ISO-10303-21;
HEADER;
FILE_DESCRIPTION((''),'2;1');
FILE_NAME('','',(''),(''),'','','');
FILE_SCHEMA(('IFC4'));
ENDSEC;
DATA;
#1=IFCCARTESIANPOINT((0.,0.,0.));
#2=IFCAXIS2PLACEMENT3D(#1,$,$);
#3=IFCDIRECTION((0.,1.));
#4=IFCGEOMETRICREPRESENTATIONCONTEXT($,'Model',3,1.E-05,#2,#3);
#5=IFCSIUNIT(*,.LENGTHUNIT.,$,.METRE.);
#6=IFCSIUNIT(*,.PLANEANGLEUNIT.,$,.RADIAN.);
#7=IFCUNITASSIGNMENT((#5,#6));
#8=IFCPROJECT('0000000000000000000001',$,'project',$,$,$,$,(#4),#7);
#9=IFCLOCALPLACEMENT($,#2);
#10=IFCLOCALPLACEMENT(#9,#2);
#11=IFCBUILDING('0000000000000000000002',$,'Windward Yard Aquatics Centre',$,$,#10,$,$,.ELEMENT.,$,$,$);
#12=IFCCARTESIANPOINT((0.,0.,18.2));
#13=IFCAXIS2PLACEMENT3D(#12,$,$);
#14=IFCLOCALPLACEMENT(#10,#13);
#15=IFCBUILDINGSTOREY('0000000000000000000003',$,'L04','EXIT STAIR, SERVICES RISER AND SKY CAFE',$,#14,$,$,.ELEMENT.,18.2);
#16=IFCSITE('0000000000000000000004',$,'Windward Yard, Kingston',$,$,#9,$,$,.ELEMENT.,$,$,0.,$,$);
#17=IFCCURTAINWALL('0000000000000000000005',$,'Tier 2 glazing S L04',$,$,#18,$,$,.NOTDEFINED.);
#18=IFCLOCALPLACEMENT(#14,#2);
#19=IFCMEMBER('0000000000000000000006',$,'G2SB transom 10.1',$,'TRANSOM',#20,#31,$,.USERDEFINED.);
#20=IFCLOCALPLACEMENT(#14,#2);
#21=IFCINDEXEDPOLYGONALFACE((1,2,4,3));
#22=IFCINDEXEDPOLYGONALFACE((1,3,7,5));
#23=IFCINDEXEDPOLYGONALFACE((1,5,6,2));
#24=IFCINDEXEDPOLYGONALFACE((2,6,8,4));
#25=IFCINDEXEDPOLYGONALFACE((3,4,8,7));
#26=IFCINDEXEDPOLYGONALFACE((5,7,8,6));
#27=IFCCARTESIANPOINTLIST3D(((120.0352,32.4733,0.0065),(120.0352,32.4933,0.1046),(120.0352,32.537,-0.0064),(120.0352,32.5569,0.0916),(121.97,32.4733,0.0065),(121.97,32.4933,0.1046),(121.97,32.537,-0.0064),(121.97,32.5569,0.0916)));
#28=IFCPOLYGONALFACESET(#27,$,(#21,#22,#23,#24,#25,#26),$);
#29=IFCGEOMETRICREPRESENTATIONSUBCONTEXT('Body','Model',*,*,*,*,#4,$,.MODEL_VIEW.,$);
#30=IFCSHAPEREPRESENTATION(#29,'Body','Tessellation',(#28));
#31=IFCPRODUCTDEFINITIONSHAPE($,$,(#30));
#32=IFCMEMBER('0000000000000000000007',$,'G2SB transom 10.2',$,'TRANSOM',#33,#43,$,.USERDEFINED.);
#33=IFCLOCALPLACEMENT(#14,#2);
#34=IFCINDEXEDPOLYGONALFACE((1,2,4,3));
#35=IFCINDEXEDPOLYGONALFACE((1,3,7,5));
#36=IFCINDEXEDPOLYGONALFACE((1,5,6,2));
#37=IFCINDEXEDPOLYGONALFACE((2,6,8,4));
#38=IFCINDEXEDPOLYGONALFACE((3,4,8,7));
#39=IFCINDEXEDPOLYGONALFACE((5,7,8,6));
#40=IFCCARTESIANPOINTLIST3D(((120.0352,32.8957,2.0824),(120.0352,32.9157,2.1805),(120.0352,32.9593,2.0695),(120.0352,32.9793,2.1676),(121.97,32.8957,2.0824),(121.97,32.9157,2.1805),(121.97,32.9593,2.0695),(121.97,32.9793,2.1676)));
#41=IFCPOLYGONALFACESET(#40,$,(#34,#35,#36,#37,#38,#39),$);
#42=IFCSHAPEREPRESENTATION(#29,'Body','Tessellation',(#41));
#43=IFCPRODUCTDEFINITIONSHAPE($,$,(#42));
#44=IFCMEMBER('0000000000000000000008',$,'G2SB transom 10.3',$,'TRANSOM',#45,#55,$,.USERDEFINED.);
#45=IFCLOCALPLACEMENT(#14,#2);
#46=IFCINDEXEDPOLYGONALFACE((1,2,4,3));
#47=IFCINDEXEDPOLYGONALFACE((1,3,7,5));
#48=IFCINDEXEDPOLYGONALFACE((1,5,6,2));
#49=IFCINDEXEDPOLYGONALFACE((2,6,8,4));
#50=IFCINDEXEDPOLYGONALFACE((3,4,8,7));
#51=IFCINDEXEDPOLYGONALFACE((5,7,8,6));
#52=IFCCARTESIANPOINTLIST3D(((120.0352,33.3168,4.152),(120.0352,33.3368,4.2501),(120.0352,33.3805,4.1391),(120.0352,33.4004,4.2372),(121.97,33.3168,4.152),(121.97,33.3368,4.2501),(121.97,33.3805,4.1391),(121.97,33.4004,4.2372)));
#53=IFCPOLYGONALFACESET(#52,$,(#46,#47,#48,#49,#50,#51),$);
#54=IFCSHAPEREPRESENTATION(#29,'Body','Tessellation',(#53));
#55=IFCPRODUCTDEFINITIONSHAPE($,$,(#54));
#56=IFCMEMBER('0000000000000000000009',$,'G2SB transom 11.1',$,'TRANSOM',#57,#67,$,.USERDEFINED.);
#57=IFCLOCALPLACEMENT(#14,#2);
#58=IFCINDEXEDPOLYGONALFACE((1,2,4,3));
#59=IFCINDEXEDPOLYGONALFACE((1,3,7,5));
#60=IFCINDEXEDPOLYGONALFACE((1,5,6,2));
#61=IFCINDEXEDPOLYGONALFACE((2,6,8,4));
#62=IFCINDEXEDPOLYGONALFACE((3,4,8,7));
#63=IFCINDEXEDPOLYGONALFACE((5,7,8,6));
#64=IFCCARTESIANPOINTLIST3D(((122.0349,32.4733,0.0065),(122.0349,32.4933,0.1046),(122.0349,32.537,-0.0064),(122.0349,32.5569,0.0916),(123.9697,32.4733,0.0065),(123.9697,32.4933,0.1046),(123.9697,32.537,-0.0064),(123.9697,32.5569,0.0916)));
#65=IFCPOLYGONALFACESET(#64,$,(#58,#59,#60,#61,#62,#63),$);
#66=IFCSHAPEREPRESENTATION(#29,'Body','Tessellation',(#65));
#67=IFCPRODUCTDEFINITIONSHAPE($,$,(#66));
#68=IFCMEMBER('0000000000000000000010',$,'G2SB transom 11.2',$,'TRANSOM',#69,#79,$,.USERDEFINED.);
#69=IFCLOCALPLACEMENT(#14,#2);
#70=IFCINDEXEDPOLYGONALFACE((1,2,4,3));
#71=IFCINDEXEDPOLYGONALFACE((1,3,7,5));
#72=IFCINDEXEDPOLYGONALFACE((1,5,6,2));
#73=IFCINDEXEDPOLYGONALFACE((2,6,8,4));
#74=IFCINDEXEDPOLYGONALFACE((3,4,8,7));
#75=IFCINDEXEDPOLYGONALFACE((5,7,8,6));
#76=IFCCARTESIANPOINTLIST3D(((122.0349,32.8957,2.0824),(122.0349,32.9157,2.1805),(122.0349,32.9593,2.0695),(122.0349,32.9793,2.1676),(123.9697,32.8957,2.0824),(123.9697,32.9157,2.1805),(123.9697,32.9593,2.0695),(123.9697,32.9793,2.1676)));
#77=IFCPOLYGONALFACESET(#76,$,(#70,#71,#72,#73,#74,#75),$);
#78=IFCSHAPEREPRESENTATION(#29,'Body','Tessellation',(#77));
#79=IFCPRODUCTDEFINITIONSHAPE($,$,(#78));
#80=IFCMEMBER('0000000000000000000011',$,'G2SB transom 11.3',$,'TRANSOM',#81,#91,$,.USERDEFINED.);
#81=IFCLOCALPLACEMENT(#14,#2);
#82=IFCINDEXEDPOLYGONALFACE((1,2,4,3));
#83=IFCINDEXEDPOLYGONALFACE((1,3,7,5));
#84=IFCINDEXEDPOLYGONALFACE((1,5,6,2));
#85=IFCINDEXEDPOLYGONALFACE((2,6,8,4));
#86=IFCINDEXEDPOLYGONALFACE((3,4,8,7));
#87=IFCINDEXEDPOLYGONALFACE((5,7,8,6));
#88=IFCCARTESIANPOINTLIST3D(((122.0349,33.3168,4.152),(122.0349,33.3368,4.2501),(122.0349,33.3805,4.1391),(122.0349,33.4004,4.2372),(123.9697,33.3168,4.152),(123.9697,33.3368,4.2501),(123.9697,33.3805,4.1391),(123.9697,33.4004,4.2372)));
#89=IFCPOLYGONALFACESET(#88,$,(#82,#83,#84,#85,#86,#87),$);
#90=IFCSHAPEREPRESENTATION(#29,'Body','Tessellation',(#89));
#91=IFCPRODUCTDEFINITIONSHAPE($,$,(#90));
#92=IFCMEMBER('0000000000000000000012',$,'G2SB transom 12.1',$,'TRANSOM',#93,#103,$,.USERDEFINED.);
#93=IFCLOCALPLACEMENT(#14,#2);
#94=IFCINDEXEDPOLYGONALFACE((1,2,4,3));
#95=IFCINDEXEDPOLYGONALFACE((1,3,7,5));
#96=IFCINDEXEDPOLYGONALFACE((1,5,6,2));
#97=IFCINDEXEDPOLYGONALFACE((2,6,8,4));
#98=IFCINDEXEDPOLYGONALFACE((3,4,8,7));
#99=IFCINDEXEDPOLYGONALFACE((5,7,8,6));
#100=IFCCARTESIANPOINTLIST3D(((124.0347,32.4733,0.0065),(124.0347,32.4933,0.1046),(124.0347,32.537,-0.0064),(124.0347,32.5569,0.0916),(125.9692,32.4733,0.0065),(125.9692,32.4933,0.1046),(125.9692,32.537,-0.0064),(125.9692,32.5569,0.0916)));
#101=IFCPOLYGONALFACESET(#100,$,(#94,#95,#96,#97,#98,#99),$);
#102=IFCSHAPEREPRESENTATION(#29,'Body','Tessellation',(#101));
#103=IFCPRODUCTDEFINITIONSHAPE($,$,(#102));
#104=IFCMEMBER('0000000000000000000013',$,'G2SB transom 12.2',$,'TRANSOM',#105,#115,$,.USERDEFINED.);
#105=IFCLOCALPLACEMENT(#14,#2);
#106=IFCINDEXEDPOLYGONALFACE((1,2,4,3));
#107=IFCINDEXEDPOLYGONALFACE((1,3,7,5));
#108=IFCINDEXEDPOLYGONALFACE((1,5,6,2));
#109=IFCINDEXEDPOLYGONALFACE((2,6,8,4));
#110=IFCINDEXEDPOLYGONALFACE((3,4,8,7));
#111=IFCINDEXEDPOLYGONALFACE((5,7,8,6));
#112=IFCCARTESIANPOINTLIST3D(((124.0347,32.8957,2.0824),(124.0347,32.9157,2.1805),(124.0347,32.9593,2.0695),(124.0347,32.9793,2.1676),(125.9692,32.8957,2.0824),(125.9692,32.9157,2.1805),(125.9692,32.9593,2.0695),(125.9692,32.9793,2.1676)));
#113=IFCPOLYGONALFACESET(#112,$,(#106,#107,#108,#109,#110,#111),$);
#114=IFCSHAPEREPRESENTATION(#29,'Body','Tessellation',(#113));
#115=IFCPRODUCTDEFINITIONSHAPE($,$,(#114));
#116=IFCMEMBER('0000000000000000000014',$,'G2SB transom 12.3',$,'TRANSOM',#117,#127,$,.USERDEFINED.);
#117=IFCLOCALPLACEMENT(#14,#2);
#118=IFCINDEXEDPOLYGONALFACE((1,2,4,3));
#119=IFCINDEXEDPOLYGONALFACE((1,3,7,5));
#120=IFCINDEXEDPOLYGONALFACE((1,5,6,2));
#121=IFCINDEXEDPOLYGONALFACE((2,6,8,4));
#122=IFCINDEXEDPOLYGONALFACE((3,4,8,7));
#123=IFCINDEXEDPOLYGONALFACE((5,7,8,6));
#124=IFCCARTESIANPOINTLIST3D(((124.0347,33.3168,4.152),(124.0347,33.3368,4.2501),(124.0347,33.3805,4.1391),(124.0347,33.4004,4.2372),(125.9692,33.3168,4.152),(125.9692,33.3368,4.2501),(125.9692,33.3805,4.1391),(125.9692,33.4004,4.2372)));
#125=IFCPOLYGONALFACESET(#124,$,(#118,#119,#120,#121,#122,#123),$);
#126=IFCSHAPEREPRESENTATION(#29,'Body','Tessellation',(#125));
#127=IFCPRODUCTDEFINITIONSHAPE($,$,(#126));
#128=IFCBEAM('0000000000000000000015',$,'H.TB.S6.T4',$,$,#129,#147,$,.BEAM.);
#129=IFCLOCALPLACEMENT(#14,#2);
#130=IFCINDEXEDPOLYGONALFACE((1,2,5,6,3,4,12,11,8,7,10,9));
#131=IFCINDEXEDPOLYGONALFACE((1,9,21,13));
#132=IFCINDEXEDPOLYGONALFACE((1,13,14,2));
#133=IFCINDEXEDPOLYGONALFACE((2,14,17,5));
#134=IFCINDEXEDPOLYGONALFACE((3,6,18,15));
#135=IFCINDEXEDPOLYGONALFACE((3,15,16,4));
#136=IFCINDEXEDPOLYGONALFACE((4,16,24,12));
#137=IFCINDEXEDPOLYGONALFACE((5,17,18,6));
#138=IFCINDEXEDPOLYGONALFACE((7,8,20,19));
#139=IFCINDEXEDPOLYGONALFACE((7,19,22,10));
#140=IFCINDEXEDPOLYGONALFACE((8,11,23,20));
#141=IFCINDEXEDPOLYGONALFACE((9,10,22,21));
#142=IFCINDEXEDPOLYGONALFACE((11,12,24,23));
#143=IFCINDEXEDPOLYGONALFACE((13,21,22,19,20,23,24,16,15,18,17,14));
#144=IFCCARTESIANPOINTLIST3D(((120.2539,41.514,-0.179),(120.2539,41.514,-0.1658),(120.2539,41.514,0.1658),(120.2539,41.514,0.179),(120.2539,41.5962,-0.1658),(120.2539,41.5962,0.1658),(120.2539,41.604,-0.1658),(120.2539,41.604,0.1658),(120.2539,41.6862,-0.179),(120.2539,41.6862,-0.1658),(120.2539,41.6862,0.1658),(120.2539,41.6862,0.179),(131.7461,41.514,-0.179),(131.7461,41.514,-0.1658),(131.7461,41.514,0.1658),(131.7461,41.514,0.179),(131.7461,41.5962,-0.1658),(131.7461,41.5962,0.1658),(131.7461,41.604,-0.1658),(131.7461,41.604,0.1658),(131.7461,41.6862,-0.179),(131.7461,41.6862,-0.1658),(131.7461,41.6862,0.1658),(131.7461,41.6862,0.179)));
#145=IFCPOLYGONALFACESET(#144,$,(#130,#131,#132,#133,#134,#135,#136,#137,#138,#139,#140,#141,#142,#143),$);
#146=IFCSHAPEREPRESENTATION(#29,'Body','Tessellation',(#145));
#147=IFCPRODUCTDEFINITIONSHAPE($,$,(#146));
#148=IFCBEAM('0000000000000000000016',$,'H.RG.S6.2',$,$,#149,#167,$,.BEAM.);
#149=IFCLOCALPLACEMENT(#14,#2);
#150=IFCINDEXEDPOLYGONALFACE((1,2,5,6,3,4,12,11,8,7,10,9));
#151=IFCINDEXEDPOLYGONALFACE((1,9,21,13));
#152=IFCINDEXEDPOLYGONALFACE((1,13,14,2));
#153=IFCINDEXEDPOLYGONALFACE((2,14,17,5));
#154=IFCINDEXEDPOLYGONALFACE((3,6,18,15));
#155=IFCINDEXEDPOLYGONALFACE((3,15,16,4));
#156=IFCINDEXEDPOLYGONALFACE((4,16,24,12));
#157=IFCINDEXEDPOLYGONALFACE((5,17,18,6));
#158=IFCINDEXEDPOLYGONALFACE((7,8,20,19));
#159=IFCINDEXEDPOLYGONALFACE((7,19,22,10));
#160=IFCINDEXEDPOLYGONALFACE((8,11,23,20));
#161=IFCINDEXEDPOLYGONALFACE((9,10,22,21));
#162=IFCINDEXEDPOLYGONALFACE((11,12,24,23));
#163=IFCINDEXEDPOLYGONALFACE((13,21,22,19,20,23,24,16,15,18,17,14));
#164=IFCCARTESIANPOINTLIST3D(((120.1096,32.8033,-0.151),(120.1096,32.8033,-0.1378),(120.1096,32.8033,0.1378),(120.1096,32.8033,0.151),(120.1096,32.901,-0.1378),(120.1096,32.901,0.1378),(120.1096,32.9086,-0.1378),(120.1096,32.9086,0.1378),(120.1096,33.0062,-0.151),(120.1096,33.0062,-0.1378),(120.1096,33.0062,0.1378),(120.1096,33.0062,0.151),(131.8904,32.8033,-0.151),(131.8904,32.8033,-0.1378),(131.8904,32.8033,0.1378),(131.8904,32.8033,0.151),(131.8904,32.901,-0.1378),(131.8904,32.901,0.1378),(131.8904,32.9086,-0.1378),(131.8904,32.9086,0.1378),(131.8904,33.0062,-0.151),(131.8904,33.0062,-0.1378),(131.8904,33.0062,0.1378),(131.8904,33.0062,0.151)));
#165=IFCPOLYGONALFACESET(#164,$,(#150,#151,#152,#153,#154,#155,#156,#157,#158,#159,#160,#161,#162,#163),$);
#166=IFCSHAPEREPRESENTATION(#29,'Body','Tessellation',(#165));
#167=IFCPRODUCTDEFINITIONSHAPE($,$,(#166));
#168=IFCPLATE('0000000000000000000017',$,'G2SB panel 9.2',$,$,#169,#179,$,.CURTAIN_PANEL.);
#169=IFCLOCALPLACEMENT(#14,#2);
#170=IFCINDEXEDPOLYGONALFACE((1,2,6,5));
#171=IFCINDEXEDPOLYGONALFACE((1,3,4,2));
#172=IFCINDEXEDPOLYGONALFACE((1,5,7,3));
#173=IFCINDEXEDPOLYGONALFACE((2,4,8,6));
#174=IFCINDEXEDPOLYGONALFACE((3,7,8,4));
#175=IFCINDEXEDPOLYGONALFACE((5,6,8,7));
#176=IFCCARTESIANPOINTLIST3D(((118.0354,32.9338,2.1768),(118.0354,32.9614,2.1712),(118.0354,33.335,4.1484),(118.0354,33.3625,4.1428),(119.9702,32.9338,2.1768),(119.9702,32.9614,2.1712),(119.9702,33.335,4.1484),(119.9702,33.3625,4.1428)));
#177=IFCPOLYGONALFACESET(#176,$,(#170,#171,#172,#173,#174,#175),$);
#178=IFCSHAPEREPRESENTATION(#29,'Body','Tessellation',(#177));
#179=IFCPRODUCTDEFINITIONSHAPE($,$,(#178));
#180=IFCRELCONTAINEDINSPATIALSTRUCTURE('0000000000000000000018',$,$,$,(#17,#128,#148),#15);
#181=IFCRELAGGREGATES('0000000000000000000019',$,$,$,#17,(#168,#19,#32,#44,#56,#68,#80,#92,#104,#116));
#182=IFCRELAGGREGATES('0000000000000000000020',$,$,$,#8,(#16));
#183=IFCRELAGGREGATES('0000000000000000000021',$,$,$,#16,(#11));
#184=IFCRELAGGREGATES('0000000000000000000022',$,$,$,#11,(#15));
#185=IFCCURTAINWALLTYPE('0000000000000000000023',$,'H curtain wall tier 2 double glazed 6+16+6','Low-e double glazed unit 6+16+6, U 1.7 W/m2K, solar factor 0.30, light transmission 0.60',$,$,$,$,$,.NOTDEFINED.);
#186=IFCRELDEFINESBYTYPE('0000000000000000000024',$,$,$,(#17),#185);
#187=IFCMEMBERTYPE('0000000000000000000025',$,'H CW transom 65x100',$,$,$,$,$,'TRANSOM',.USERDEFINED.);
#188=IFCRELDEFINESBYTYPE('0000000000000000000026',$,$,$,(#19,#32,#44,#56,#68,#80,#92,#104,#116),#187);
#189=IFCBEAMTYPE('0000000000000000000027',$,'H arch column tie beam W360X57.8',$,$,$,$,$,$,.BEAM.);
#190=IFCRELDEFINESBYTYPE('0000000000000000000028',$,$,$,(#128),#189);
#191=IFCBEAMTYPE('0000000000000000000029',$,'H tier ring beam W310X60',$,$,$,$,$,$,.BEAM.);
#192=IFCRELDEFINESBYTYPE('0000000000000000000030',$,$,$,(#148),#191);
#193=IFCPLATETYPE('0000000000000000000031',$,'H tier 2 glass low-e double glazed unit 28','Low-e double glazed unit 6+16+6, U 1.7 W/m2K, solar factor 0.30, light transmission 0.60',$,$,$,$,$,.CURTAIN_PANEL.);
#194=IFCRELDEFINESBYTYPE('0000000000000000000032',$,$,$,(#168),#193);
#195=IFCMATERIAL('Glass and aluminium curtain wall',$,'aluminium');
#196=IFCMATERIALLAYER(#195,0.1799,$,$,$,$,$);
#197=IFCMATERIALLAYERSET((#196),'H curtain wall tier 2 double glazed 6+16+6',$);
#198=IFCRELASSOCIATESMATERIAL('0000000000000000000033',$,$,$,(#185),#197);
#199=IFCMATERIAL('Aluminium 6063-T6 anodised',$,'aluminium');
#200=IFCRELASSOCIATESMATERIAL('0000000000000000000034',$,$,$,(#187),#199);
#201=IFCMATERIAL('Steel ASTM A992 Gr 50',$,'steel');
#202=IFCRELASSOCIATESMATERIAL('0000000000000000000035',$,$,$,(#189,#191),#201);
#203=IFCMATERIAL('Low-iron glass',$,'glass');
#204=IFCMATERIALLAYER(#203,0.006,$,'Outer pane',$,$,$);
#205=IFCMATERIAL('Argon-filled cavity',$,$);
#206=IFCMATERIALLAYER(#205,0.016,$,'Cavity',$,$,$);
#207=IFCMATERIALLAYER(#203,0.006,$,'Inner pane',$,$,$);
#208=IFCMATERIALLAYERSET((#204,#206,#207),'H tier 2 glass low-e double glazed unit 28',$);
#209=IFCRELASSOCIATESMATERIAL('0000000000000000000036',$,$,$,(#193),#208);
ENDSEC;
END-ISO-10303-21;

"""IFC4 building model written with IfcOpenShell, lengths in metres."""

from ifc_helpers import new_model, si_unit, direction, frame, origin, origin_2d, place, context, subcontext, project, spatial, polyline, rectangle, i_section, outline, extrude, material, layer, layer_set, material_profile, profile_set, type_object, element, aggregate, save


model = new_model("IFC4")

# Units and contexts
model_context = context("Model", 3, precision=1e-05, world=origin(), true_north=direction((0.0, 1.0)))
body_context = subcontext(model_context, "Body", "Model", "MODEL_VIEW")
ifc_project = project(units=[si_unit("LENGTHUNIT", "METRE"), si_unit("PLANEANGLEUNIT", "RADIAN")], contexts=[model_context])

# Site, building, storey
site_placement = place(None, origin())
site = spatial("IfcSite", under=ifc_project, at=site_placement, Name="Windward Yard, Kingston", CompositionType="ELEMENT", RefElevation=0.0)
building_placement = place(site_placement, origin())
building = spatial("IfcBuilding", under=site, at=building_placement, Name="Windward Yard Aquatics Centre", CompositionType="ELEMENT")
storey_placement = place(building_placement, frame((0.0, 0.0, 18.2)))
storey = spatial("IfcBuildingStorey", under=building, at=storey_placement, Name="L04", Description="EXIT STAIR, SERVICES RISER AND SKY CAFE", CompositionType="ELEMENT", Elevation=18.2)

# Curtain wall, members
ifc_material_1 = material(Name="Glass and aluminium curtain wall", Category="aluminium")
ifc_layer_1 = layer(ifc_material_1, 0.1799)
ifc_layer_set_1 = layer_set([ifc_layer_1], Name="H curtain wall tier 2 double glazed 6+16+6")
curtain_wall_type = type_object("IfcCurtainWallType", Name="H curtain wall tier 2 double glazed 6+16+6", Description="Low-e double glazed unit 6+16+6, U 1.7 W/m2K, solar factor 0.30, light transmission 0.60", PredefinedType="NOTDEFINED", material=ifc_layer_set_1)
curtain_wall_placement = place(storey_placement, origin())
curtain_wall = element("IfcCurtainWall", 1, at=curtain_wall_placement, inside=storey, type_object=curtain_wall_type, Name="Tier 2 glazing S L04", PredefinedType="NOTDEFINED")
ifc_material_2 = material(Name="Aluminium 6063-T6 anodised", Category="aluminium")
ifc_material_profile_1 = material_profile(ifc_material_2, rectangle(XDim=0.0649, YDim=0.1001, at=origin_2d()), Name="H CW transom 65x100")
ifc_profile_set_1 = profile_set([ifc_material_profile_1], Name="Aluminium 6063-T6 anodised")
member_type_1 = type_object("IfcMemberType", Name="H CW transom 65x100", ElementType="TRANSOM", PredefinedType="USERDEFINED", material=ifc_profile_set_1)
member_1_placement = place(storey_placement, frame((120.0352, 32.5151, 0.0491), z_axis=(1.0, 0.0, 0.0), x_axis=(0.0, -0.979925, 0.199368)))
member_1 = element("IfcMember", 2, at=member_1_placement, type_object=member_type_1, Name="G2SB transom 10.1", ObjectType="TRANSOM", PredefinedType="USERDEFINED", context=body_context, shape_type="SweptSolid", body=[
    extrude(rectangle(XDim=0.0649, YDim=0.1001, at=origin_2d()), origin(), (0.0, 0.0, 1.0), 1.9348),
])
member_2_placement = place(storey_placement, frame((120.0352, 32.9375, 2.125), z_axis=(1.0, 0.0, 0.0), x_axis=(0.0, -0.979925, 0.199368)))
member_2 = element("IfcMember", 3, at=member_2_placement, type_object=member_type_1, Name="G2SB transom 10.2", ObjectType="TRANSOM", PredefinedType="USERDEFINED", context=body_context, shape_type="SweptSolid", body=[
    extrude(rectangle(XDim=0.0649, YDim=0.1001, at=origin_2d()), origin(), (0.0, 0.0, 1.0), 1.9348),
])
member_3_placement = place(storey_placement, frame((120.0352, 33.3586, 4.1946), z_axis=(1.0, 0.0, 0.0), x_axis=(0.0, -0.979925, 0.199368)))
member_3 = element("IfcMember", 4, at=member_3_placement, type_object=member_type_1, Name="G2SB transom 10.3", ObjectType="TRANSOM", PredefinedType="USERDEFINED", context=body_context, shape_type="SweptSolid", body=[
    extrude(rectangle(XDim=0.0649, YDim=0.1001, at=origin_2d()), origin(), (0.0, 0.0, 1.0), 1.9348),
])
member_4_placement = place(storey_placement, frame((122.0349, 32.5151, 0.0491), z_axis=(1.0, 0.0, 0.0), x_axis=(0.0, -0.979925, 0.199368)))
member_4 = element("IfcMember", 5, at=member_4_placement, type_object=member_type_1, Name="G2SB transom 11.1", ObjectType="TRANSOM", PredefinedType="USERDEFINED", context=body_context, shape_type="SweptSolid", body=[
    extrude(rectangle(XDim=0.0649, YDim=0.1001, at=origin_2d()), origin(), (0.0, 0.0, 1.0), 1.9348),
])
member_5_placement = place(storey_placement, frame((122.0349, 32.9375, 2.125), z_axis=(1.0, 0.0, 0.0), x_axis=(0.0, -0.979925, 0.199368)))
member_5 = element("IfcMember", 6, at=member_5_placement, type_object=member_type_1, Name="G2SB transom 11.2", ObjectType="TRANSOM", PredefinedType="USERDEFINED", context=body_context, shape_type="SweptSolid", body=[
    extrude(rectangle(XDim=0.0649, YDim=0.1001, at=origin_2d()), origin(), (0.0, 0.0, 1.0), 1.9348),
])
member_6_placement = place(storey_placement, frame((122.0349, 33.3586, 4.1946), z_axis=(1.0, 0.0, 0.0), x_axis=(0.0, -0.979925, 0.199368)))
member_6 = element("IfcMember", 7, at=member_6_placement, type_object=member_type_1, Name="G2SB transom 11.3", ObjectType="TRANSOM", PredefinedType="USERDEFINED", context=body_context, shape_type="SweptSolid", body=[
    extrude(rectangle(XDim=0.0649, YDim=0.1001, at=origin_2d()), origin(), (0.0, 0.0, 1.0), 1.9348),
])
member_7_placement = place(storey_placement, frame((124.0347, 32.5151, 0.0491), z_axis=(1.0, 0.0, 0.0), x_axis=(0.0, -0.979925, 0.199368)))
member_7 = element("IfcMember", 8, at=member_7_placement, type_object=member_type_1, Name="G2SB transom 12.1", ObjectType="TRANSOM", PredefinedType="USERDEFINED", context=body_context, shape_type="SweptSolid", body=[
    extrude(rectangle(XDim=0.0649, YDim=0.1001, at=origin_2d()), origin(), (0.0, 0.0, 1.0), 1.9346),
])
member_8_placement = place(storey_placement, frame((124.0347, 32.9375, 2.125), z_axis=(1.0, 0.0, 0.0), x_axis=(0.0, -0.979925, 0.199368)))
member_8 = element("IfcMember", 9, at=member_8_placement, type_object=member_type_1, Name="G2SB transom 12.2", ObjectType="TRANSOM", PredefinedType="USERDEFINED", context=body_context, shape_type="SweptSolid", body=[
    extrude(rectangle(XDim=0.0649, YDim=0.1001, at=origin_2d()), origin(), (0.0, 0.0, 1.0), 1.9346),
])
member_9_placement = place(storey_placement, frame((124.0347, 33.3586, 4.1946), z_axis=(1.0, 0.0, 0.0), x_axis=(0.0, -0.979925, 0.199368)))
member_9 = element("IfcMember", 10, at=member_9_placement, type_object=member_type_1, Name="G2SB transom 12.3", ObjectType="TRANSOM", PredefinedType="USERDEFINED", context=body_context, shape_type="SweptSolid", body=[
    extrude(rectangle(XDim=0.0649, YDim=0.1001, at=origin_2d()), origin(), (0.0, 0.0, 1.0), 1.9346),
])

# Beams
ifc_material_3 = material(Name="Steel ASTM A992 Gr 50", Category="steel")
ifc_material_profile_2 = material_profile(ifc_material_3, i_section(OverallWidth=0.1721, OverallDepth=0.3579, WebThickness=0.0078, FlangeThickness=0.0132, at=origin_2d()), Name="W360X57.8")
ifc_profile_set_2 = profile_set([ifc_material_profile_2], Name="Steel ASTM A992 Gr 50")
beam_type_1 = type_object("IfcBeamType", Name="H arch column tie beam W360X57.8", PredefinedType="BEAM", material=ifc_profile_set_2)
beam_1_placement = place(storey_placement, frame((120.2539, 41.6001, 0.0), z_axis=(1.0, 0.0, 0.0), x_axis=(0.0, 1.0, 0.0)))
element("IfcBeam", 11, at=beam_1_placement, inside=storey, type_object=beam_type_1, Name="H.TB.S6.T4", PredefinedType="BEAM", context=body_context, shape_type="SweptSolid", body=[
    extrude(i_section(OverallWidth=0.1721, OverallDepth=0.3579, WebThickness=0.0078, FlangeThickness=0.0132, at=origin_2d()), origin(), (0.0, 0.0, 1.0), 11.4922),
])
ifc_material_profile_3 = material_profile(ifc_material_3, i_section(OverallWidth=0.2029, OverallDepth=0.302, WebThickness=0.0076, FlangeThickness=0.0132, at=origin_2d()), Name="W310X60")
ifc_profile_set_3 = profile_set([ifc_material_profile_3], Name="Steel ASTM A992 Gr 50")
beam_type_2 = type_object("IfcBeamType", Name="H tier ring beam W310X60", PredefinedType="BEAM", material=ifc_profile_set_3)
beam_2_placement = place(storey_placement, frame((120.1096, 32.9048, 0.0), z_axis=(1.0, 0.0, 0.0), x_axis=(0.0, 1.0, 0.0)))
element("IfcBeam", 12, at=beam_2_placement, inside=storey, type_object=beam_type_2, Name="H.RG.S6.2", PredefinedType="BEAM", context=body_context, shape_type="SweptSolid", body=[
    extrude(i_section(OverallWidth=0.2029, OverallDepth=0.302, WebThickness=0.0076, FlangeThickness=0.0132, at=origin_2d()), origin(), (0.0, 0.0, 1.0), 11.7808),
])

# Plate
ifc_material_4 = material(Name="Low-iron glass", Category="glass")
ifc_layer_2 = layer(ifc_material_4, 0.006, Name="Outer pane")
ifc_material_5 = material(Name="Argon-filled cavity")
ifc_layer_3 = layer(ifc_material_5, 0.016, Name="Cavity")
ifc_layer_4 = layer(ifc_material_4, 0.006, Name="Inner pane")
ifc_layer_set_2 = layer_set([ifc_layer_2, ifc_layer_3, ifc_layer_4], Name="H tier 2 glass low-e double glazed unit 28")
plate_type = type_object("IfcPlateType", Name="H tier 2 glass low-e double glazed unit 28", Description="Low-e double glazed unit 6+16+6, U 1.7 W/m2K, solar factor 0.30, light transmission 0.60", PredefinedType="CURTAIN_PANEL", material=ifc_layer_set_2)
plate_1_placement = place(storey_placement, frame((118.0354, 32.9338, 2.1768), z_axis=(0.0, -0.979927, 0.199359), x_axis=(1.0, 0.0, 0.0)))
plate_1 = element("IfcPlate", 13, at=plate_1_placement, type_object=plate_type, Name="G2SB panel 9.2", PredefinedType="CURTAIN_PANEL", context=body_context, shape_type="SweptSolid", body=[
    extrude(outline(polyline([(0.0, 0.0), (1.9348, 0.0), (1.9348, 2.0121), (0.0, 2.0121), (0.0, 0.0)])), origin(), (0.0, 0.0, -1.0), 0.0281),
])
aggregate(curtain_wall, [plate_1, member_1, member_2, member_3, member_4, member_5, member_6, member_7, member_8, member_9])

save(model, "model.ifc")
